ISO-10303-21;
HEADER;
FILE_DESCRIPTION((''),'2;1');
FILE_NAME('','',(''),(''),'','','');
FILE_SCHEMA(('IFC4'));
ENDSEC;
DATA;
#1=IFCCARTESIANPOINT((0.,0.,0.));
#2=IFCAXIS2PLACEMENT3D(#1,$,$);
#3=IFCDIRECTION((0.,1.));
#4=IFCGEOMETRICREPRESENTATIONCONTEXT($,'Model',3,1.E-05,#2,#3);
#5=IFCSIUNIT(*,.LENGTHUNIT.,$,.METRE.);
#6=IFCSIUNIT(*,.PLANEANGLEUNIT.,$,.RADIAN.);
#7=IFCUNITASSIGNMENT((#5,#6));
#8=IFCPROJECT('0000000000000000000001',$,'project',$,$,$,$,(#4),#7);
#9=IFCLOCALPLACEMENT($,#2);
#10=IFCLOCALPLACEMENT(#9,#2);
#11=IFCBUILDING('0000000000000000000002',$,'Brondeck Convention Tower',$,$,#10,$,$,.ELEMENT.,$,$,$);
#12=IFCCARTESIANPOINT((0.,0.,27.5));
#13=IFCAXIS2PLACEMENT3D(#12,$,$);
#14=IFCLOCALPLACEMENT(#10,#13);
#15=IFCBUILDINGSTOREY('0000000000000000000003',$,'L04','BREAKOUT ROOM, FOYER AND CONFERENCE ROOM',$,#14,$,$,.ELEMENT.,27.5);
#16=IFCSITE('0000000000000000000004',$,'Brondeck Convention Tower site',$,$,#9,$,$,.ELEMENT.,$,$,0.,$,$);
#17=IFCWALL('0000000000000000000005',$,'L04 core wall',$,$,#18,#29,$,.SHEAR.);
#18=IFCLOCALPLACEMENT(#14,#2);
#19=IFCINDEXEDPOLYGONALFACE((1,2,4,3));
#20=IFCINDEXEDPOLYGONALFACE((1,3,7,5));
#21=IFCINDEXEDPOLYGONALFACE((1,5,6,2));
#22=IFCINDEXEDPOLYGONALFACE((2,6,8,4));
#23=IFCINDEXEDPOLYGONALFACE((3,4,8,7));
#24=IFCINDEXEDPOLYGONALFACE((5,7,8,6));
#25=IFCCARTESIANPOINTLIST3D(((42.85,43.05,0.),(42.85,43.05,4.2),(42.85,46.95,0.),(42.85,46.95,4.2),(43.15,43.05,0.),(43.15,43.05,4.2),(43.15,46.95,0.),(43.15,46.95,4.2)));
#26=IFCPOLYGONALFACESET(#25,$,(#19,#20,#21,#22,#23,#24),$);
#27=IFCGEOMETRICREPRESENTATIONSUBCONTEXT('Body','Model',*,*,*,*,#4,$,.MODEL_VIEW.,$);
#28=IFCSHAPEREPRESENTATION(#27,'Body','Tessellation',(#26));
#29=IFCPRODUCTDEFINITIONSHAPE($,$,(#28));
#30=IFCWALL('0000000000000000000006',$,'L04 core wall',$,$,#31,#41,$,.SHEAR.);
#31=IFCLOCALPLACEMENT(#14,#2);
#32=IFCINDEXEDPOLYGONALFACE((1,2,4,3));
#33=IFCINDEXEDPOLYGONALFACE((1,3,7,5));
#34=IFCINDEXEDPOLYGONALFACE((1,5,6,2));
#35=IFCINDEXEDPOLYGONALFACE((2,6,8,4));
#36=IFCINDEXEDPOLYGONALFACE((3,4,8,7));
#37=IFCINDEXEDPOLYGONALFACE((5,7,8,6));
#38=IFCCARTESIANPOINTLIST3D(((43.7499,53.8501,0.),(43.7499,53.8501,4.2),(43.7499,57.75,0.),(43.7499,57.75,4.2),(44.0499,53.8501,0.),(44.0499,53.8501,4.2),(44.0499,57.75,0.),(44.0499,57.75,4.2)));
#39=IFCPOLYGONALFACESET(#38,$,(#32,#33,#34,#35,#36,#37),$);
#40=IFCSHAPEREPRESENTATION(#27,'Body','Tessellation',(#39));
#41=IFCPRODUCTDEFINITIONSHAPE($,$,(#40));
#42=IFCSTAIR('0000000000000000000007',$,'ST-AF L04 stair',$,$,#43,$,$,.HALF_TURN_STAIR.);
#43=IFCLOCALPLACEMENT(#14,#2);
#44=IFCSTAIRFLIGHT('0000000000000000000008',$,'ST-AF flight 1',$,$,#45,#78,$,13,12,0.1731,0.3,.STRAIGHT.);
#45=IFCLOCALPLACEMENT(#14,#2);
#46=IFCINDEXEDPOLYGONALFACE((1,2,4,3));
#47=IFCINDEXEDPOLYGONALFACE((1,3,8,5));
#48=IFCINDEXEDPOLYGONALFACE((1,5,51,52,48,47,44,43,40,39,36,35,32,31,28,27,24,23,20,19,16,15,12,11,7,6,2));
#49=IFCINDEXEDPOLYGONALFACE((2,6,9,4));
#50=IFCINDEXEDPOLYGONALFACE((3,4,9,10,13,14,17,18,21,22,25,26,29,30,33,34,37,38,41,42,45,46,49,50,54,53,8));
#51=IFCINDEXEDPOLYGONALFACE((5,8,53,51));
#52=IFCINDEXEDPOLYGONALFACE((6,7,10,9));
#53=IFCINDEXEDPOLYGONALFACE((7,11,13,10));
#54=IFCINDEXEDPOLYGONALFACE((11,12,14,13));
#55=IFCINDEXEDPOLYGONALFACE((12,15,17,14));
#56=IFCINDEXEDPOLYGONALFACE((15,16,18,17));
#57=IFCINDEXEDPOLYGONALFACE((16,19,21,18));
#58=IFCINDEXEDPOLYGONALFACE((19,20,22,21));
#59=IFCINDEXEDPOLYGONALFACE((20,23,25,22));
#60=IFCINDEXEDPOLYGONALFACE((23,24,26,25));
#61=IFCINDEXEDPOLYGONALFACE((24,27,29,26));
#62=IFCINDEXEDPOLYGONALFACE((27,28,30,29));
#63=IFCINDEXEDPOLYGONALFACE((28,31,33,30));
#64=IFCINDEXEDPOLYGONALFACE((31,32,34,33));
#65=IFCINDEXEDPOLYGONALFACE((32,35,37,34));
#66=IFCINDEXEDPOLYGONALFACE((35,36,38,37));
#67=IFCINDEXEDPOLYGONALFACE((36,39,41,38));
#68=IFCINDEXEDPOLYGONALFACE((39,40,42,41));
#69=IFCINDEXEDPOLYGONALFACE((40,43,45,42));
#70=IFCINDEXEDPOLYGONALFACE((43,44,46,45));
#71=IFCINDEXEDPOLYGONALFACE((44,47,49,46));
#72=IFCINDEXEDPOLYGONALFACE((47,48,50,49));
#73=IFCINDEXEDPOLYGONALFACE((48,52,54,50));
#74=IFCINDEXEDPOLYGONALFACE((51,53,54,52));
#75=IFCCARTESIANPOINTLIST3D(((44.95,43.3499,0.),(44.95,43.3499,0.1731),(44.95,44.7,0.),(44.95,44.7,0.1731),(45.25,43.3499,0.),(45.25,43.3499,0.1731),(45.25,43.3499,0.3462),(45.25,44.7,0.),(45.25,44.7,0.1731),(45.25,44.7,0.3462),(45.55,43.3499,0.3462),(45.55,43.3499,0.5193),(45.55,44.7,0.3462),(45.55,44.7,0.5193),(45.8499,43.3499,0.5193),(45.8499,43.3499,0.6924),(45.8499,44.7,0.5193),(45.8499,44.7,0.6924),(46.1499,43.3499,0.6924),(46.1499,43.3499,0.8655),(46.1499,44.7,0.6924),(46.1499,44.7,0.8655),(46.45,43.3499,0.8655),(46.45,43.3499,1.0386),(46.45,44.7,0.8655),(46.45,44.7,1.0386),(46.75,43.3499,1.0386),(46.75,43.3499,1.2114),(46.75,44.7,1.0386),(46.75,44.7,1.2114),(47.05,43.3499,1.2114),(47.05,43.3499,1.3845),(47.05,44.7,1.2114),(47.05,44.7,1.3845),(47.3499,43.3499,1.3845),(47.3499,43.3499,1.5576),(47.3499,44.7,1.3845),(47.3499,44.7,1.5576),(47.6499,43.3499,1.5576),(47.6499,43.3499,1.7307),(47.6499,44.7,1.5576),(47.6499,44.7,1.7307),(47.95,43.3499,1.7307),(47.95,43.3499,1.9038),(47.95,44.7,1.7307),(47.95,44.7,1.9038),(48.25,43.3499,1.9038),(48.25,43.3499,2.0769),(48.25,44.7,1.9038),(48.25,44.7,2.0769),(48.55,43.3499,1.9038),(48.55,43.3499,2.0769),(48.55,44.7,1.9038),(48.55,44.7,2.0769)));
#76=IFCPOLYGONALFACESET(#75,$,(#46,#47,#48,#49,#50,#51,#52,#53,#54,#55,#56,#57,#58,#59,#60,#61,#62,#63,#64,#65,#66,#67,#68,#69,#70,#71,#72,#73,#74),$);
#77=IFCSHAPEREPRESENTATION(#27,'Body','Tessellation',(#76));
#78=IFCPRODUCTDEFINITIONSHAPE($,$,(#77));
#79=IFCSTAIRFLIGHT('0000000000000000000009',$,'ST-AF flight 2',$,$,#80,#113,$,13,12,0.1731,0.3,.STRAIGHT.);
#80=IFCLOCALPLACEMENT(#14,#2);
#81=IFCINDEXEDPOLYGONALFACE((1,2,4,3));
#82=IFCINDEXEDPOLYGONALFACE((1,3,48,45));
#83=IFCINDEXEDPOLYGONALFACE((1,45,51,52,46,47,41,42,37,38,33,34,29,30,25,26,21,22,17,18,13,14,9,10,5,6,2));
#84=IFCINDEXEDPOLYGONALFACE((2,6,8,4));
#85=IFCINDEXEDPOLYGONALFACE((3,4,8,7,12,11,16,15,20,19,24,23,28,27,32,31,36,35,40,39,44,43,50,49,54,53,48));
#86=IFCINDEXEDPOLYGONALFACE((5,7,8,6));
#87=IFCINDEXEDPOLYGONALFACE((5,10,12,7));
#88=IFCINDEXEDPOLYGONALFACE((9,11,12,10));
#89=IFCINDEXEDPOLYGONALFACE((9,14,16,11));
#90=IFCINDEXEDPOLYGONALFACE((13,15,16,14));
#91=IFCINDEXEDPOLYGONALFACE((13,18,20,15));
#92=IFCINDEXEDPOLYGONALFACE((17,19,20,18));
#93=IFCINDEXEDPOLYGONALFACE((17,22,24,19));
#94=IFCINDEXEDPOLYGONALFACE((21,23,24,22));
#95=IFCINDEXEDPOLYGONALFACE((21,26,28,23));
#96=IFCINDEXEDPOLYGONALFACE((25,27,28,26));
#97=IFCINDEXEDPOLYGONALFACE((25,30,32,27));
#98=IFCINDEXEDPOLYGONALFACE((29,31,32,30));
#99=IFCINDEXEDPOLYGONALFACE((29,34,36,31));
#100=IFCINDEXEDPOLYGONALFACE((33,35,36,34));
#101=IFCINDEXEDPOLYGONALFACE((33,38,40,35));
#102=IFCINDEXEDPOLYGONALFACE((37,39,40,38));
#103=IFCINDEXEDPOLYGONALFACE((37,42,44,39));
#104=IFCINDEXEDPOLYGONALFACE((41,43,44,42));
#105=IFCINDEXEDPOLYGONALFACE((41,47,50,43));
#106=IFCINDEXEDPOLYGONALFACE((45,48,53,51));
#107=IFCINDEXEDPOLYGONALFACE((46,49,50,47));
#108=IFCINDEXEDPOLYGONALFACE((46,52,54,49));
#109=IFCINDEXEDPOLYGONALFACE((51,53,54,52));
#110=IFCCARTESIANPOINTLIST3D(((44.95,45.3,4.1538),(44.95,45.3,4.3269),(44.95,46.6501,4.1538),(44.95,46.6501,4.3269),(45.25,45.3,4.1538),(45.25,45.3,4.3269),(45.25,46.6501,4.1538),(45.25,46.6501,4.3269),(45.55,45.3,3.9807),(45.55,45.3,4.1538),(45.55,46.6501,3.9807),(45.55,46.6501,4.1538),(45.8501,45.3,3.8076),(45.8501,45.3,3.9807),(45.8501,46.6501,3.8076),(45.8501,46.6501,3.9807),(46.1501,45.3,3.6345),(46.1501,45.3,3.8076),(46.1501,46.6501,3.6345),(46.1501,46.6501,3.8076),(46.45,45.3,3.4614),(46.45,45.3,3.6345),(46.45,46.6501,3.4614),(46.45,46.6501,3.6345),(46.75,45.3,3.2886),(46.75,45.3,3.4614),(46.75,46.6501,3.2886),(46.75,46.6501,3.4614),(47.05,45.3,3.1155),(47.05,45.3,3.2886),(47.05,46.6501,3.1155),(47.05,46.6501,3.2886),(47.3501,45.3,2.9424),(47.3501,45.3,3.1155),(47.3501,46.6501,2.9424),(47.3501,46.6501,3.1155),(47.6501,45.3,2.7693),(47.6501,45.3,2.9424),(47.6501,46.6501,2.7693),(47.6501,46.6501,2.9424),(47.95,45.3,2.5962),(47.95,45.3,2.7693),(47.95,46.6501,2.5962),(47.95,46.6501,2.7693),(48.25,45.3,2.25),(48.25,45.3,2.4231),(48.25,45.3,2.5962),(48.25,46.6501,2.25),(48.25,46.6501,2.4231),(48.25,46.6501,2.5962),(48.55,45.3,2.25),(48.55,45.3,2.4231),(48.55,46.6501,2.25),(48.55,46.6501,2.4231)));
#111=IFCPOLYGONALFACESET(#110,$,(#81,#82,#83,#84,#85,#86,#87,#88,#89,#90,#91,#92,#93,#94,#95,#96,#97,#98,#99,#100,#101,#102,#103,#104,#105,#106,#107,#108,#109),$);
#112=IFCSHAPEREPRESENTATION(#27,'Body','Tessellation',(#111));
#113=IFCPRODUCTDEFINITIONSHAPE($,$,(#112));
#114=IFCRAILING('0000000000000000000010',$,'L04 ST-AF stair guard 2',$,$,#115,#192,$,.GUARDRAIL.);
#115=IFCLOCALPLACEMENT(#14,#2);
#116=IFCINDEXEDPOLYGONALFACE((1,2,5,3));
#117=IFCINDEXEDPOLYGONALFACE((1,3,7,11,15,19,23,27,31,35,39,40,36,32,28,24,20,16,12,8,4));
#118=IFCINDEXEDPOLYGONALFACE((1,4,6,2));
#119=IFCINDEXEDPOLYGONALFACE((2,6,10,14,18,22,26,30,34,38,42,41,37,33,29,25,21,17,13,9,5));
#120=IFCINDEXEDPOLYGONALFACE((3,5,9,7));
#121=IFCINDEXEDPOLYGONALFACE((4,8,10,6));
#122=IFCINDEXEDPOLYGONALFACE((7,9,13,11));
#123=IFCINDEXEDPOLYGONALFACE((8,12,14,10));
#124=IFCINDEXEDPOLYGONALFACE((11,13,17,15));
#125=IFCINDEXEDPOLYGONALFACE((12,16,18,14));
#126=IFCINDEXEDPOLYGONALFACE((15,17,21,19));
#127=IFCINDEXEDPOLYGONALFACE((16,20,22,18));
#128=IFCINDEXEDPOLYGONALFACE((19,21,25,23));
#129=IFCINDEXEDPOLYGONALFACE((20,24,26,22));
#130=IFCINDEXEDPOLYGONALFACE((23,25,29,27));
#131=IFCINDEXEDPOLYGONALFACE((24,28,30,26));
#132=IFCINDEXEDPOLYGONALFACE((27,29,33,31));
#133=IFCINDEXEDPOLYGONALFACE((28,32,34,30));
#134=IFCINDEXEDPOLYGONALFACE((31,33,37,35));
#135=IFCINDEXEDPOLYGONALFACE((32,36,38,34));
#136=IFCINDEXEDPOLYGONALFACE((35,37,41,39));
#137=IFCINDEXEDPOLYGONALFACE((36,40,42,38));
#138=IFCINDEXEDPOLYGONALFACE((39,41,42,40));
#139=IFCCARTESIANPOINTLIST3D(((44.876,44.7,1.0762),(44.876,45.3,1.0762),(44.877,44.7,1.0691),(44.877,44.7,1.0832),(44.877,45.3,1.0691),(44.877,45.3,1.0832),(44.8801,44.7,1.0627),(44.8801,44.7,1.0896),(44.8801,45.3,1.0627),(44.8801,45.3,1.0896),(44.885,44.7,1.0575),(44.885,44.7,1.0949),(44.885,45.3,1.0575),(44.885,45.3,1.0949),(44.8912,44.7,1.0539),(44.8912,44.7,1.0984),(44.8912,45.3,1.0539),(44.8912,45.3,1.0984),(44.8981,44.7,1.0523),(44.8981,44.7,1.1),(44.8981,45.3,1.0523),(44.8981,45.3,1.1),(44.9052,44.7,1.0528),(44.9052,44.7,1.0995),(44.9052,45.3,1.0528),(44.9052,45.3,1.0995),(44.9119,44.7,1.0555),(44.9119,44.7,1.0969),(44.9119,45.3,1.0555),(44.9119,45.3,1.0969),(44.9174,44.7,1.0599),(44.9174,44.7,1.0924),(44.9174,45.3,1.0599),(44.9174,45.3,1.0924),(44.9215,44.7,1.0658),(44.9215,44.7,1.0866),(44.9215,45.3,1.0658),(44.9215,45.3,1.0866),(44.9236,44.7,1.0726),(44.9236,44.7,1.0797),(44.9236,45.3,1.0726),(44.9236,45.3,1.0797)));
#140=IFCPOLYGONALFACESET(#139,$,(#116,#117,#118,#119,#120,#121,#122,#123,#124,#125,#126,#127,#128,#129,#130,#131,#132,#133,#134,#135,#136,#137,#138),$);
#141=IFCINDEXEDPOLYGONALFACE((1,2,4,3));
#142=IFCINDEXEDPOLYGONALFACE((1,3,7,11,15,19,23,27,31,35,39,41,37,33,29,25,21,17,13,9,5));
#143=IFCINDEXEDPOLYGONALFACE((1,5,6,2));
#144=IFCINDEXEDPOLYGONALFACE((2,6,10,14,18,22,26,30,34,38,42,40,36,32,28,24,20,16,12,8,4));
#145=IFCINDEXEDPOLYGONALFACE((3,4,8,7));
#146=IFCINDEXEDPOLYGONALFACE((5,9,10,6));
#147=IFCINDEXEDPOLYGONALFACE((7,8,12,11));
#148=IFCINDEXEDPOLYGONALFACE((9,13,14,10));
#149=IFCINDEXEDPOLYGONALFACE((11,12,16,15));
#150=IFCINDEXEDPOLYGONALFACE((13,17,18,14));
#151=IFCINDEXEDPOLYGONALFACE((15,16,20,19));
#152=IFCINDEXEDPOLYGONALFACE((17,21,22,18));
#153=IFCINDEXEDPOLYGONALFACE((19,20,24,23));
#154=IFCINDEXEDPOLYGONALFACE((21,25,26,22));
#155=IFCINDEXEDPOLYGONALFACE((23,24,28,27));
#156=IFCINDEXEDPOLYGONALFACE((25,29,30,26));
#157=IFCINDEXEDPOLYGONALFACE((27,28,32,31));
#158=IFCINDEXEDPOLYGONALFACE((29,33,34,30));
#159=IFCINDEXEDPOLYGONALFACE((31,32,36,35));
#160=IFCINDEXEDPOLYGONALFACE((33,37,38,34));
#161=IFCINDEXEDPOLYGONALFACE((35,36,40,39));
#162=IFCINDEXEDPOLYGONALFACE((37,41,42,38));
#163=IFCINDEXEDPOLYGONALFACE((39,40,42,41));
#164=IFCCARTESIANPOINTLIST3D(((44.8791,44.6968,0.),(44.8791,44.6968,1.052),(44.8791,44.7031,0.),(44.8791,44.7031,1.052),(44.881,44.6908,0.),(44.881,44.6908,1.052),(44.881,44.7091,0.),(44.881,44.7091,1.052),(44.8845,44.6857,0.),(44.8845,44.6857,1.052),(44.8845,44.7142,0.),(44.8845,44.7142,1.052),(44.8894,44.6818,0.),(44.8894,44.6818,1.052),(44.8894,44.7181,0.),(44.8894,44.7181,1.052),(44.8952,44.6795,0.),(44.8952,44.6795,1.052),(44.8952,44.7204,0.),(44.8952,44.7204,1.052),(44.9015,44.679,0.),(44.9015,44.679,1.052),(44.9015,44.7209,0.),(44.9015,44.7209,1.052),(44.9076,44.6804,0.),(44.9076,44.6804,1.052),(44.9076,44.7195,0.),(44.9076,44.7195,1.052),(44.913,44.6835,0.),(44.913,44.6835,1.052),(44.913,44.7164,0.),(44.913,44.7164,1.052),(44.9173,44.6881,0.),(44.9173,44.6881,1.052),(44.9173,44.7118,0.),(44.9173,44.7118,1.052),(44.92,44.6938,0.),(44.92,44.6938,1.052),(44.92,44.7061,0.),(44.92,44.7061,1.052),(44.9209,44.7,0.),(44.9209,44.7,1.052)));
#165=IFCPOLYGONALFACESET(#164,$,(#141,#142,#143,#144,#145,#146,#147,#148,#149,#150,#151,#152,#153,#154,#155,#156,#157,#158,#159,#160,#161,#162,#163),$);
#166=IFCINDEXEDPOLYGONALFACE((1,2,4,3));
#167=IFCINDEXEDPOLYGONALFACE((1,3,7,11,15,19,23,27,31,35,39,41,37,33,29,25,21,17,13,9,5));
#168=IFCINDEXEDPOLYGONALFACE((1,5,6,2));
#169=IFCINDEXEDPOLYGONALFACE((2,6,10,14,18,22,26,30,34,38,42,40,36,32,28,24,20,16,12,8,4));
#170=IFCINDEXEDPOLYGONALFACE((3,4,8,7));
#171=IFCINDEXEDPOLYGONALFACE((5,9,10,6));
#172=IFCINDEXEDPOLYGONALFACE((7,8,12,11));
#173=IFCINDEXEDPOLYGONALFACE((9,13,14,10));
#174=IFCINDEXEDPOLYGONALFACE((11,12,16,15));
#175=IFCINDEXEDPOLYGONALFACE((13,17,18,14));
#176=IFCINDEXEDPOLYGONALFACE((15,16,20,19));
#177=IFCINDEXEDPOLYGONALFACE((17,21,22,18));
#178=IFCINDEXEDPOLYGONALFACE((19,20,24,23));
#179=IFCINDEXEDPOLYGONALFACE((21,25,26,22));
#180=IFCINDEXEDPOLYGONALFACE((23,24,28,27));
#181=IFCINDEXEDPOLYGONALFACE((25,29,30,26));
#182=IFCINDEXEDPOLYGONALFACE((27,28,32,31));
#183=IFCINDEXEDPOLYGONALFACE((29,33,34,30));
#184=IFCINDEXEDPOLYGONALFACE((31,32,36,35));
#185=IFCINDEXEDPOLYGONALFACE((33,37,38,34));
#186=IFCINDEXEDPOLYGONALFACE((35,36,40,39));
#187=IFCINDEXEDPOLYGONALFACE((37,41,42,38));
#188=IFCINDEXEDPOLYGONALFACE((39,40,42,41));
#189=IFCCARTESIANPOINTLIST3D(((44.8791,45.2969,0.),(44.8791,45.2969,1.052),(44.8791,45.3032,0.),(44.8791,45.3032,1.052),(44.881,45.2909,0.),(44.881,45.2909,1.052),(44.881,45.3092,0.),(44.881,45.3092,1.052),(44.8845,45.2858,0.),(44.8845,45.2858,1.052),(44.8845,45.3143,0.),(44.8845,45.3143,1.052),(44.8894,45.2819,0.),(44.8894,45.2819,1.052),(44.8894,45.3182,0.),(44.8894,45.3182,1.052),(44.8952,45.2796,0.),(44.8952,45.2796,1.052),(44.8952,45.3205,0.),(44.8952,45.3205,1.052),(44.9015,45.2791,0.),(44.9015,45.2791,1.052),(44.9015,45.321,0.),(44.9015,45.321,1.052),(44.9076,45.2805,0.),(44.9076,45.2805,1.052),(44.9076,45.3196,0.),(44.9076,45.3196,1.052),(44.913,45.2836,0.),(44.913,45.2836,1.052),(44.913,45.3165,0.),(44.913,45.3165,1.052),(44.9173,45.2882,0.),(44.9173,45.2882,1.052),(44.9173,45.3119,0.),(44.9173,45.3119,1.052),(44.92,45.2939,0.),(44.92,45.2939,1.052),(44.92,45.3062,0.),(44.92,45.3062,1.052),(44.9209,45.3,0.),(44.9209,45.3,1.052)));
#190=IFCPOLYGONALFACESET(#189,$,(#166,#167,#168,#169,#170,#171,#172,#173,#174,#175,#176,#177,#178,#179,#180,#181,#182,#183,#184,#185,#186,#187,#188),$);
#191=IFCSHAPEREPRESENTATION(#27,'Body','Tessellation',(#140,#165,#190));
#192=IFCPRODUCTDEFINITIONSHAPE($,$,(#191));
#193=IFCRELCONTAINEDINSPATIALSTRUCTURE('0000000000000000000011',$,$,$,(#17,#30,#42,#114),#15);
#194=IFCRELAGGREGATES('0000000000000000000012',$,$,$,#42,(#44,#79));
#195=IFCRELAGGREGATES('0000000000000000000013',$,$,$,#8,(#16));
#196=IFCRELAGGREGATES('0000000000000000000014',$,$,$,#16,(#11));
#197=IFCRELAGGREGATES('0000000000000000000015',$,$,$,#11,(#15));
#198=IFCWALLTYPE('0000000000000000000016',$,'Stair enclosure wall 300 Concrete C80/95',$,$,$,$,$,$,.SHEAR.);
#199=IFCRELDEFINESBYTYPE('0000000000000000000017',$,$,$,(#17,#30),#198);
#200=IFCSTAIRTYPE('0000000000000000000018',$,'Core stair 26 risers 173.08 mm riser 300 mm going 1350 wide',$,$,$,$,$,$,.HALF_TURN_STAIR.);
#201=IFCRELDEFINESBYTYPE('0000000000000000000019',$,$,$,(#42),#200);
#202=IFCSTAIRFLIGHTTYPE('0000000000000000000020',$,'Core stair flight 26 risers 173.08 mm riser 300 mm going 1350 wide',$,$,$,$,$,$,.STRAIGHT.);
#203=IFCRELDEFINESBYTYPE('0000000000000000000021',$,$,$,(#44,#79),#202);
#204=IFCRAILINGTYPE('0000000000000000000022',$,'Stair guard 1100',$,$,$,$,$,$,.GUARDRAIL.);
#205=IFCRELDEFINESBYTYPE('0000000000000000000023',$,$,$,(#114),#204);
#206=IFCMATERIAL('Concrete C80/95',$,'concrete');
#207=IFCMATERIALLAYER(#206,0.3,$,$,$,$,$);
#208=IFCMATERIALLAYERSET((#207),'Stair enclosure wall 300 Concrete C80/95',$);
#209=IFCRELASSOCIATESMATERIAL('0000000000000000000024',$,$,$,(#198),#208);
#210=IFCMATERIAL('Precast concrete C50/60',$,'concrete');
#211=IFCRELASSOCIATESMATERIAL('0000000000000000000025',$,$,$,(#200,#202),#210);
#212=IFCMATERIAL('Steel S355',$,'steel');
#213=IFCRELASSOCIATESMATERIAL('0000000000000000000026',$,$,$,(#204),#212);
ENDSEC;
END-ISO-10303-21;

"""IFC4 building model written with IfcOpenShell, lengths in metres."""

from ifc_helpers import new_model, si_unit, direction, frame, frame_2d, origin, origin_2d, place, context, subcontext, project, spatial, polyline, rectangle, circle, outline, extrude, material, layer, layer_set, type_object, element, aggregate, save


model = new_model("IFC4")

# Units and contexts
model_context = context("Model", 3, precision=1e-05, world=origin(), true_north=direction((0.0, 1.0)))
body_context = subcontext(model_context, "Body", "Model", "MODEL_VIEW")
ifc_project = project(units=[si_unit("LENGTHUNIT", "METRE"), si_unit("PLANEANGLEUNIT", "RADIAN")], contexts=[model_context])

# Site, building, storey
site_placement = place(None, origin())
site = spatial("IfcSite", under=ifc_project, at=site_placement, Name="Brondeck Convention Tower site", CompositionType="ELEMENT", RefElevation=0.0)
building_placement = place(site_placement, origin())
building = spatial("IfcBuilding", under=site, at=building_placement, Name="Brondeck Convention Tower", CompositionType="ELEMENT")
storey_placement = place(building_placement, frame((0.0, 0.0, 27.5)))
storey = spatial("IfcBuildingStorey", under=building, at=storey_placement, Name="L04", Description="BREAKOUT ROOM, FOYER AND CONFERENCE ROOM", CompositionType="ELEMENT", Elevation=27.5)

# Shared definitions
ifc_material_1 = material(Name="Steel S355", Category="steel")

# Shared definitions
ifc_material_2 = material(Name="Concrete C80/95", Category="concrete")
ifc_layer_1 = layer(ifc_material_2, 0.3)
ifc_layer_set_1 = layer_set([ifc_layer_1], Name="Stair enclosure wall 300 Concrete C80/95")
wall_type_1 = type_object("IfcWallType", Name="Stair enclosure wall 300 Concrete C80/95", PredefinedType="SHEAR", material=ifc_layer_set_1)

# Walls
for number, where, z_axis, x_axis, name in (
    (1, (43.0, 43.05, 0.0), (0.0, 0.0, 1.0), (0.0, 1.0, 0.0), "L04 core wall"),
    (2, (43.8999, 53.8501, 0.0), (0.0, 0.0, 1.0), (0.0, 1.0, 0.0), "L04 core wall"),
):
    element("IfcWall", number, at=place(storey_placement, frame(where, z_axis=z_axis, x_axis=x_axis)), inside=storey, type_object=wall_type_1, Name=name, PredefinedType="SHEAR", context=body_context, shape_type="SweptSolid", body=[
        extrude(rectangle(XDim=3.8999, YDim=0.3, at=frame_2d((1.95, 0.0))), origin(), (0.0, 0.0, 1.0), 4.2),
    ])

# Stair, stair flights
ifc_material_3 = material(Name="Precast concrete C50/60", Category="concrete")
stair_type = type_object("IfcStairType", Name="Core stair 26 risers 173.08 mm riser 300 mm going 1350 wide", PredefinedType="HALF_TURN_STAIR", material=ifc_material_3)
stair_placement = place(storey_placement, origin())
stair = element("IfcStair", 3, at=stair_placement, inside=storey, type_object=stair_type, Name="ST-AF L04 stair", PredefinedType="HALF_TURN_STAIR")
stair_flight_type = type_object("IfcStairFlightType", Name="Core stair flight 26 risers 173.08 mm riser 300 mm going 1350 wide", PredefinedType="STRAIGHT", material=ifc_material_3)
stair_flight_1_placement = place(storey_placement, frame((44.95, 44.0249, 0.0), z_axis=(0.0, 0.0, 1.0), x_axis=(1.0, 0.0, 0.0)))
stair_flight_1 = element("IfcStairFlight", 4, at=stair_flight_1_placement, type_object=stair_flight_type, Name="ST-AF flight 1", NumberOfRisers=13, NumberOfTreads=12, PredefinedType="STRAIGHT", RiserHeight=0.1731, TreadLength=0.3, context=body_context, shape_type="SweptSolid", body=[
    extrude(outline(polyline([(0.0, 0.0), (0.0, 0.1731), (0.3, 0.1731), (0.3, 0.3462), (0.6001, 0.3462), (0.6001, 0.5193), (0.8999, 0.5193), (0.8999, 0.6924), (1.2, 0.6924), (1.2, 0.8655), (1.5, 0.8655), (1.5, 1.0386), (1.8, 1.0386), (1.8, 1.2114), (2.1001, 1.2114), (2.1001, 1.3845), (2.3999, 1.3845), (2.3999, 1.5576), (2.7, 1.5576), (2.7, 1.7307), (3.0, 1.7307), (3.0, 1.9038), (3.3, 1.9038), (3.3, 2.0769), (3.6001, 2.0769), (3.6001, 2.25), (3.6001, 1.9038), (0.3, 0.0), (0.0, 0.0)])), frame((0.0, 0.675, 0.0), z_axis=(0.0, -1.0, 0.0), x_axis=(1.0, 0.0, 0.0)), (0.0, 0.0, 1.0), 1.3501),
])
stair_flight_2_placement = place(storey_placement, frame((48.55, 45.9751, 2.25), z_axis=(0.0, 0.0, 1.0), x_axis=(-1.0, 0.0, 0.0)))
stair_flight_2 = element("IfcStairFlight", 5, at=stair_flight_2_placement, type_object=stair_flight_type, Name="ST-AF flight 2", NumberOfRisers=13, NumberOfTreads=12, PredefinedType="STRAIGHT", RiserHeight=0.1731, TreadLength=0.3, context=body_context, shape_type="SweptSolid", body=[
    extrude(outline(polyline([(0.0, 0.0), (0.0, 0.1731), (0.3, 0.1731), (0.3, 0.3462), (0.6001, 0.3462), (0.6001, 0.5193), (0.8999, 0.5193), (0.8999, 0.6924), (1.2, 0.6924), (1.2, 0.8655), (1.5, 0.8655), (1.5, 1.0386), (1.8, 1.0386), (1.8, 1.2114), (2.1001, 1.2114), (2.1001, 1.3845), (2.3999, 1.3845), (2.3999, 1.5576), (2.7, 1.5576), (2.7, 1.7307), (3.0, 1.7307), (3.0, 1.9038), (3.3, 1.9038), (3.3, 2.0769), (3.6001, 2.0769), (3.6001, 2.25), (3.6001, 1.9038), (0.3, 0.0), (0.0, 0.0)])), frame((0.0, 0.675, 0.0), z_axis=(0.0, -1.0, 0.0), x_axis=(1.0, 0.0, 0.0)), (0.0, 0.0, 1.0), 1.3501),
])
aggregate(stair, [stair_flight_1, stair_flight_2])

# Railing
railing_type_1 = type_object("IfcRailingType", Name="Stair guard 1100", PredefinedType="GUARDRAIL", material=ifc_material_1)
railing_1_placement = place(storey_placement, frame((44.8999, 44.7, 0.0)))
element("IfcRailing", 6, at=railing_1_placement, inside=storey, type_object=railing_type_1, Name="L04 ST-AF stair guard 2", PredefinedType="GUARDRAIL", context=body_context, shape_type="SweptSolid", body=[
    extrude(circle(Radius=0.0239, at=origin_2d()), frame((0.0, 0.0, 1.0762), z_axis=(0.0, 1.0, 0.0), x_axis=(-1.0, 0.0, 0.0)), (0.0, 0.0, 1.0), 0.6001),
    extrude(circle(Radius=0.021, at=origin_2d()), origin(), (0.0, 0.0, 1.0), 1.052),
    extrude(circle(Radius=0.021, at=origin_2d()), frame((0.0, 0.6001, 0.0)), (0.0, 0.0, 1.0), 1.052),
])

save(model, "model.ifc")
